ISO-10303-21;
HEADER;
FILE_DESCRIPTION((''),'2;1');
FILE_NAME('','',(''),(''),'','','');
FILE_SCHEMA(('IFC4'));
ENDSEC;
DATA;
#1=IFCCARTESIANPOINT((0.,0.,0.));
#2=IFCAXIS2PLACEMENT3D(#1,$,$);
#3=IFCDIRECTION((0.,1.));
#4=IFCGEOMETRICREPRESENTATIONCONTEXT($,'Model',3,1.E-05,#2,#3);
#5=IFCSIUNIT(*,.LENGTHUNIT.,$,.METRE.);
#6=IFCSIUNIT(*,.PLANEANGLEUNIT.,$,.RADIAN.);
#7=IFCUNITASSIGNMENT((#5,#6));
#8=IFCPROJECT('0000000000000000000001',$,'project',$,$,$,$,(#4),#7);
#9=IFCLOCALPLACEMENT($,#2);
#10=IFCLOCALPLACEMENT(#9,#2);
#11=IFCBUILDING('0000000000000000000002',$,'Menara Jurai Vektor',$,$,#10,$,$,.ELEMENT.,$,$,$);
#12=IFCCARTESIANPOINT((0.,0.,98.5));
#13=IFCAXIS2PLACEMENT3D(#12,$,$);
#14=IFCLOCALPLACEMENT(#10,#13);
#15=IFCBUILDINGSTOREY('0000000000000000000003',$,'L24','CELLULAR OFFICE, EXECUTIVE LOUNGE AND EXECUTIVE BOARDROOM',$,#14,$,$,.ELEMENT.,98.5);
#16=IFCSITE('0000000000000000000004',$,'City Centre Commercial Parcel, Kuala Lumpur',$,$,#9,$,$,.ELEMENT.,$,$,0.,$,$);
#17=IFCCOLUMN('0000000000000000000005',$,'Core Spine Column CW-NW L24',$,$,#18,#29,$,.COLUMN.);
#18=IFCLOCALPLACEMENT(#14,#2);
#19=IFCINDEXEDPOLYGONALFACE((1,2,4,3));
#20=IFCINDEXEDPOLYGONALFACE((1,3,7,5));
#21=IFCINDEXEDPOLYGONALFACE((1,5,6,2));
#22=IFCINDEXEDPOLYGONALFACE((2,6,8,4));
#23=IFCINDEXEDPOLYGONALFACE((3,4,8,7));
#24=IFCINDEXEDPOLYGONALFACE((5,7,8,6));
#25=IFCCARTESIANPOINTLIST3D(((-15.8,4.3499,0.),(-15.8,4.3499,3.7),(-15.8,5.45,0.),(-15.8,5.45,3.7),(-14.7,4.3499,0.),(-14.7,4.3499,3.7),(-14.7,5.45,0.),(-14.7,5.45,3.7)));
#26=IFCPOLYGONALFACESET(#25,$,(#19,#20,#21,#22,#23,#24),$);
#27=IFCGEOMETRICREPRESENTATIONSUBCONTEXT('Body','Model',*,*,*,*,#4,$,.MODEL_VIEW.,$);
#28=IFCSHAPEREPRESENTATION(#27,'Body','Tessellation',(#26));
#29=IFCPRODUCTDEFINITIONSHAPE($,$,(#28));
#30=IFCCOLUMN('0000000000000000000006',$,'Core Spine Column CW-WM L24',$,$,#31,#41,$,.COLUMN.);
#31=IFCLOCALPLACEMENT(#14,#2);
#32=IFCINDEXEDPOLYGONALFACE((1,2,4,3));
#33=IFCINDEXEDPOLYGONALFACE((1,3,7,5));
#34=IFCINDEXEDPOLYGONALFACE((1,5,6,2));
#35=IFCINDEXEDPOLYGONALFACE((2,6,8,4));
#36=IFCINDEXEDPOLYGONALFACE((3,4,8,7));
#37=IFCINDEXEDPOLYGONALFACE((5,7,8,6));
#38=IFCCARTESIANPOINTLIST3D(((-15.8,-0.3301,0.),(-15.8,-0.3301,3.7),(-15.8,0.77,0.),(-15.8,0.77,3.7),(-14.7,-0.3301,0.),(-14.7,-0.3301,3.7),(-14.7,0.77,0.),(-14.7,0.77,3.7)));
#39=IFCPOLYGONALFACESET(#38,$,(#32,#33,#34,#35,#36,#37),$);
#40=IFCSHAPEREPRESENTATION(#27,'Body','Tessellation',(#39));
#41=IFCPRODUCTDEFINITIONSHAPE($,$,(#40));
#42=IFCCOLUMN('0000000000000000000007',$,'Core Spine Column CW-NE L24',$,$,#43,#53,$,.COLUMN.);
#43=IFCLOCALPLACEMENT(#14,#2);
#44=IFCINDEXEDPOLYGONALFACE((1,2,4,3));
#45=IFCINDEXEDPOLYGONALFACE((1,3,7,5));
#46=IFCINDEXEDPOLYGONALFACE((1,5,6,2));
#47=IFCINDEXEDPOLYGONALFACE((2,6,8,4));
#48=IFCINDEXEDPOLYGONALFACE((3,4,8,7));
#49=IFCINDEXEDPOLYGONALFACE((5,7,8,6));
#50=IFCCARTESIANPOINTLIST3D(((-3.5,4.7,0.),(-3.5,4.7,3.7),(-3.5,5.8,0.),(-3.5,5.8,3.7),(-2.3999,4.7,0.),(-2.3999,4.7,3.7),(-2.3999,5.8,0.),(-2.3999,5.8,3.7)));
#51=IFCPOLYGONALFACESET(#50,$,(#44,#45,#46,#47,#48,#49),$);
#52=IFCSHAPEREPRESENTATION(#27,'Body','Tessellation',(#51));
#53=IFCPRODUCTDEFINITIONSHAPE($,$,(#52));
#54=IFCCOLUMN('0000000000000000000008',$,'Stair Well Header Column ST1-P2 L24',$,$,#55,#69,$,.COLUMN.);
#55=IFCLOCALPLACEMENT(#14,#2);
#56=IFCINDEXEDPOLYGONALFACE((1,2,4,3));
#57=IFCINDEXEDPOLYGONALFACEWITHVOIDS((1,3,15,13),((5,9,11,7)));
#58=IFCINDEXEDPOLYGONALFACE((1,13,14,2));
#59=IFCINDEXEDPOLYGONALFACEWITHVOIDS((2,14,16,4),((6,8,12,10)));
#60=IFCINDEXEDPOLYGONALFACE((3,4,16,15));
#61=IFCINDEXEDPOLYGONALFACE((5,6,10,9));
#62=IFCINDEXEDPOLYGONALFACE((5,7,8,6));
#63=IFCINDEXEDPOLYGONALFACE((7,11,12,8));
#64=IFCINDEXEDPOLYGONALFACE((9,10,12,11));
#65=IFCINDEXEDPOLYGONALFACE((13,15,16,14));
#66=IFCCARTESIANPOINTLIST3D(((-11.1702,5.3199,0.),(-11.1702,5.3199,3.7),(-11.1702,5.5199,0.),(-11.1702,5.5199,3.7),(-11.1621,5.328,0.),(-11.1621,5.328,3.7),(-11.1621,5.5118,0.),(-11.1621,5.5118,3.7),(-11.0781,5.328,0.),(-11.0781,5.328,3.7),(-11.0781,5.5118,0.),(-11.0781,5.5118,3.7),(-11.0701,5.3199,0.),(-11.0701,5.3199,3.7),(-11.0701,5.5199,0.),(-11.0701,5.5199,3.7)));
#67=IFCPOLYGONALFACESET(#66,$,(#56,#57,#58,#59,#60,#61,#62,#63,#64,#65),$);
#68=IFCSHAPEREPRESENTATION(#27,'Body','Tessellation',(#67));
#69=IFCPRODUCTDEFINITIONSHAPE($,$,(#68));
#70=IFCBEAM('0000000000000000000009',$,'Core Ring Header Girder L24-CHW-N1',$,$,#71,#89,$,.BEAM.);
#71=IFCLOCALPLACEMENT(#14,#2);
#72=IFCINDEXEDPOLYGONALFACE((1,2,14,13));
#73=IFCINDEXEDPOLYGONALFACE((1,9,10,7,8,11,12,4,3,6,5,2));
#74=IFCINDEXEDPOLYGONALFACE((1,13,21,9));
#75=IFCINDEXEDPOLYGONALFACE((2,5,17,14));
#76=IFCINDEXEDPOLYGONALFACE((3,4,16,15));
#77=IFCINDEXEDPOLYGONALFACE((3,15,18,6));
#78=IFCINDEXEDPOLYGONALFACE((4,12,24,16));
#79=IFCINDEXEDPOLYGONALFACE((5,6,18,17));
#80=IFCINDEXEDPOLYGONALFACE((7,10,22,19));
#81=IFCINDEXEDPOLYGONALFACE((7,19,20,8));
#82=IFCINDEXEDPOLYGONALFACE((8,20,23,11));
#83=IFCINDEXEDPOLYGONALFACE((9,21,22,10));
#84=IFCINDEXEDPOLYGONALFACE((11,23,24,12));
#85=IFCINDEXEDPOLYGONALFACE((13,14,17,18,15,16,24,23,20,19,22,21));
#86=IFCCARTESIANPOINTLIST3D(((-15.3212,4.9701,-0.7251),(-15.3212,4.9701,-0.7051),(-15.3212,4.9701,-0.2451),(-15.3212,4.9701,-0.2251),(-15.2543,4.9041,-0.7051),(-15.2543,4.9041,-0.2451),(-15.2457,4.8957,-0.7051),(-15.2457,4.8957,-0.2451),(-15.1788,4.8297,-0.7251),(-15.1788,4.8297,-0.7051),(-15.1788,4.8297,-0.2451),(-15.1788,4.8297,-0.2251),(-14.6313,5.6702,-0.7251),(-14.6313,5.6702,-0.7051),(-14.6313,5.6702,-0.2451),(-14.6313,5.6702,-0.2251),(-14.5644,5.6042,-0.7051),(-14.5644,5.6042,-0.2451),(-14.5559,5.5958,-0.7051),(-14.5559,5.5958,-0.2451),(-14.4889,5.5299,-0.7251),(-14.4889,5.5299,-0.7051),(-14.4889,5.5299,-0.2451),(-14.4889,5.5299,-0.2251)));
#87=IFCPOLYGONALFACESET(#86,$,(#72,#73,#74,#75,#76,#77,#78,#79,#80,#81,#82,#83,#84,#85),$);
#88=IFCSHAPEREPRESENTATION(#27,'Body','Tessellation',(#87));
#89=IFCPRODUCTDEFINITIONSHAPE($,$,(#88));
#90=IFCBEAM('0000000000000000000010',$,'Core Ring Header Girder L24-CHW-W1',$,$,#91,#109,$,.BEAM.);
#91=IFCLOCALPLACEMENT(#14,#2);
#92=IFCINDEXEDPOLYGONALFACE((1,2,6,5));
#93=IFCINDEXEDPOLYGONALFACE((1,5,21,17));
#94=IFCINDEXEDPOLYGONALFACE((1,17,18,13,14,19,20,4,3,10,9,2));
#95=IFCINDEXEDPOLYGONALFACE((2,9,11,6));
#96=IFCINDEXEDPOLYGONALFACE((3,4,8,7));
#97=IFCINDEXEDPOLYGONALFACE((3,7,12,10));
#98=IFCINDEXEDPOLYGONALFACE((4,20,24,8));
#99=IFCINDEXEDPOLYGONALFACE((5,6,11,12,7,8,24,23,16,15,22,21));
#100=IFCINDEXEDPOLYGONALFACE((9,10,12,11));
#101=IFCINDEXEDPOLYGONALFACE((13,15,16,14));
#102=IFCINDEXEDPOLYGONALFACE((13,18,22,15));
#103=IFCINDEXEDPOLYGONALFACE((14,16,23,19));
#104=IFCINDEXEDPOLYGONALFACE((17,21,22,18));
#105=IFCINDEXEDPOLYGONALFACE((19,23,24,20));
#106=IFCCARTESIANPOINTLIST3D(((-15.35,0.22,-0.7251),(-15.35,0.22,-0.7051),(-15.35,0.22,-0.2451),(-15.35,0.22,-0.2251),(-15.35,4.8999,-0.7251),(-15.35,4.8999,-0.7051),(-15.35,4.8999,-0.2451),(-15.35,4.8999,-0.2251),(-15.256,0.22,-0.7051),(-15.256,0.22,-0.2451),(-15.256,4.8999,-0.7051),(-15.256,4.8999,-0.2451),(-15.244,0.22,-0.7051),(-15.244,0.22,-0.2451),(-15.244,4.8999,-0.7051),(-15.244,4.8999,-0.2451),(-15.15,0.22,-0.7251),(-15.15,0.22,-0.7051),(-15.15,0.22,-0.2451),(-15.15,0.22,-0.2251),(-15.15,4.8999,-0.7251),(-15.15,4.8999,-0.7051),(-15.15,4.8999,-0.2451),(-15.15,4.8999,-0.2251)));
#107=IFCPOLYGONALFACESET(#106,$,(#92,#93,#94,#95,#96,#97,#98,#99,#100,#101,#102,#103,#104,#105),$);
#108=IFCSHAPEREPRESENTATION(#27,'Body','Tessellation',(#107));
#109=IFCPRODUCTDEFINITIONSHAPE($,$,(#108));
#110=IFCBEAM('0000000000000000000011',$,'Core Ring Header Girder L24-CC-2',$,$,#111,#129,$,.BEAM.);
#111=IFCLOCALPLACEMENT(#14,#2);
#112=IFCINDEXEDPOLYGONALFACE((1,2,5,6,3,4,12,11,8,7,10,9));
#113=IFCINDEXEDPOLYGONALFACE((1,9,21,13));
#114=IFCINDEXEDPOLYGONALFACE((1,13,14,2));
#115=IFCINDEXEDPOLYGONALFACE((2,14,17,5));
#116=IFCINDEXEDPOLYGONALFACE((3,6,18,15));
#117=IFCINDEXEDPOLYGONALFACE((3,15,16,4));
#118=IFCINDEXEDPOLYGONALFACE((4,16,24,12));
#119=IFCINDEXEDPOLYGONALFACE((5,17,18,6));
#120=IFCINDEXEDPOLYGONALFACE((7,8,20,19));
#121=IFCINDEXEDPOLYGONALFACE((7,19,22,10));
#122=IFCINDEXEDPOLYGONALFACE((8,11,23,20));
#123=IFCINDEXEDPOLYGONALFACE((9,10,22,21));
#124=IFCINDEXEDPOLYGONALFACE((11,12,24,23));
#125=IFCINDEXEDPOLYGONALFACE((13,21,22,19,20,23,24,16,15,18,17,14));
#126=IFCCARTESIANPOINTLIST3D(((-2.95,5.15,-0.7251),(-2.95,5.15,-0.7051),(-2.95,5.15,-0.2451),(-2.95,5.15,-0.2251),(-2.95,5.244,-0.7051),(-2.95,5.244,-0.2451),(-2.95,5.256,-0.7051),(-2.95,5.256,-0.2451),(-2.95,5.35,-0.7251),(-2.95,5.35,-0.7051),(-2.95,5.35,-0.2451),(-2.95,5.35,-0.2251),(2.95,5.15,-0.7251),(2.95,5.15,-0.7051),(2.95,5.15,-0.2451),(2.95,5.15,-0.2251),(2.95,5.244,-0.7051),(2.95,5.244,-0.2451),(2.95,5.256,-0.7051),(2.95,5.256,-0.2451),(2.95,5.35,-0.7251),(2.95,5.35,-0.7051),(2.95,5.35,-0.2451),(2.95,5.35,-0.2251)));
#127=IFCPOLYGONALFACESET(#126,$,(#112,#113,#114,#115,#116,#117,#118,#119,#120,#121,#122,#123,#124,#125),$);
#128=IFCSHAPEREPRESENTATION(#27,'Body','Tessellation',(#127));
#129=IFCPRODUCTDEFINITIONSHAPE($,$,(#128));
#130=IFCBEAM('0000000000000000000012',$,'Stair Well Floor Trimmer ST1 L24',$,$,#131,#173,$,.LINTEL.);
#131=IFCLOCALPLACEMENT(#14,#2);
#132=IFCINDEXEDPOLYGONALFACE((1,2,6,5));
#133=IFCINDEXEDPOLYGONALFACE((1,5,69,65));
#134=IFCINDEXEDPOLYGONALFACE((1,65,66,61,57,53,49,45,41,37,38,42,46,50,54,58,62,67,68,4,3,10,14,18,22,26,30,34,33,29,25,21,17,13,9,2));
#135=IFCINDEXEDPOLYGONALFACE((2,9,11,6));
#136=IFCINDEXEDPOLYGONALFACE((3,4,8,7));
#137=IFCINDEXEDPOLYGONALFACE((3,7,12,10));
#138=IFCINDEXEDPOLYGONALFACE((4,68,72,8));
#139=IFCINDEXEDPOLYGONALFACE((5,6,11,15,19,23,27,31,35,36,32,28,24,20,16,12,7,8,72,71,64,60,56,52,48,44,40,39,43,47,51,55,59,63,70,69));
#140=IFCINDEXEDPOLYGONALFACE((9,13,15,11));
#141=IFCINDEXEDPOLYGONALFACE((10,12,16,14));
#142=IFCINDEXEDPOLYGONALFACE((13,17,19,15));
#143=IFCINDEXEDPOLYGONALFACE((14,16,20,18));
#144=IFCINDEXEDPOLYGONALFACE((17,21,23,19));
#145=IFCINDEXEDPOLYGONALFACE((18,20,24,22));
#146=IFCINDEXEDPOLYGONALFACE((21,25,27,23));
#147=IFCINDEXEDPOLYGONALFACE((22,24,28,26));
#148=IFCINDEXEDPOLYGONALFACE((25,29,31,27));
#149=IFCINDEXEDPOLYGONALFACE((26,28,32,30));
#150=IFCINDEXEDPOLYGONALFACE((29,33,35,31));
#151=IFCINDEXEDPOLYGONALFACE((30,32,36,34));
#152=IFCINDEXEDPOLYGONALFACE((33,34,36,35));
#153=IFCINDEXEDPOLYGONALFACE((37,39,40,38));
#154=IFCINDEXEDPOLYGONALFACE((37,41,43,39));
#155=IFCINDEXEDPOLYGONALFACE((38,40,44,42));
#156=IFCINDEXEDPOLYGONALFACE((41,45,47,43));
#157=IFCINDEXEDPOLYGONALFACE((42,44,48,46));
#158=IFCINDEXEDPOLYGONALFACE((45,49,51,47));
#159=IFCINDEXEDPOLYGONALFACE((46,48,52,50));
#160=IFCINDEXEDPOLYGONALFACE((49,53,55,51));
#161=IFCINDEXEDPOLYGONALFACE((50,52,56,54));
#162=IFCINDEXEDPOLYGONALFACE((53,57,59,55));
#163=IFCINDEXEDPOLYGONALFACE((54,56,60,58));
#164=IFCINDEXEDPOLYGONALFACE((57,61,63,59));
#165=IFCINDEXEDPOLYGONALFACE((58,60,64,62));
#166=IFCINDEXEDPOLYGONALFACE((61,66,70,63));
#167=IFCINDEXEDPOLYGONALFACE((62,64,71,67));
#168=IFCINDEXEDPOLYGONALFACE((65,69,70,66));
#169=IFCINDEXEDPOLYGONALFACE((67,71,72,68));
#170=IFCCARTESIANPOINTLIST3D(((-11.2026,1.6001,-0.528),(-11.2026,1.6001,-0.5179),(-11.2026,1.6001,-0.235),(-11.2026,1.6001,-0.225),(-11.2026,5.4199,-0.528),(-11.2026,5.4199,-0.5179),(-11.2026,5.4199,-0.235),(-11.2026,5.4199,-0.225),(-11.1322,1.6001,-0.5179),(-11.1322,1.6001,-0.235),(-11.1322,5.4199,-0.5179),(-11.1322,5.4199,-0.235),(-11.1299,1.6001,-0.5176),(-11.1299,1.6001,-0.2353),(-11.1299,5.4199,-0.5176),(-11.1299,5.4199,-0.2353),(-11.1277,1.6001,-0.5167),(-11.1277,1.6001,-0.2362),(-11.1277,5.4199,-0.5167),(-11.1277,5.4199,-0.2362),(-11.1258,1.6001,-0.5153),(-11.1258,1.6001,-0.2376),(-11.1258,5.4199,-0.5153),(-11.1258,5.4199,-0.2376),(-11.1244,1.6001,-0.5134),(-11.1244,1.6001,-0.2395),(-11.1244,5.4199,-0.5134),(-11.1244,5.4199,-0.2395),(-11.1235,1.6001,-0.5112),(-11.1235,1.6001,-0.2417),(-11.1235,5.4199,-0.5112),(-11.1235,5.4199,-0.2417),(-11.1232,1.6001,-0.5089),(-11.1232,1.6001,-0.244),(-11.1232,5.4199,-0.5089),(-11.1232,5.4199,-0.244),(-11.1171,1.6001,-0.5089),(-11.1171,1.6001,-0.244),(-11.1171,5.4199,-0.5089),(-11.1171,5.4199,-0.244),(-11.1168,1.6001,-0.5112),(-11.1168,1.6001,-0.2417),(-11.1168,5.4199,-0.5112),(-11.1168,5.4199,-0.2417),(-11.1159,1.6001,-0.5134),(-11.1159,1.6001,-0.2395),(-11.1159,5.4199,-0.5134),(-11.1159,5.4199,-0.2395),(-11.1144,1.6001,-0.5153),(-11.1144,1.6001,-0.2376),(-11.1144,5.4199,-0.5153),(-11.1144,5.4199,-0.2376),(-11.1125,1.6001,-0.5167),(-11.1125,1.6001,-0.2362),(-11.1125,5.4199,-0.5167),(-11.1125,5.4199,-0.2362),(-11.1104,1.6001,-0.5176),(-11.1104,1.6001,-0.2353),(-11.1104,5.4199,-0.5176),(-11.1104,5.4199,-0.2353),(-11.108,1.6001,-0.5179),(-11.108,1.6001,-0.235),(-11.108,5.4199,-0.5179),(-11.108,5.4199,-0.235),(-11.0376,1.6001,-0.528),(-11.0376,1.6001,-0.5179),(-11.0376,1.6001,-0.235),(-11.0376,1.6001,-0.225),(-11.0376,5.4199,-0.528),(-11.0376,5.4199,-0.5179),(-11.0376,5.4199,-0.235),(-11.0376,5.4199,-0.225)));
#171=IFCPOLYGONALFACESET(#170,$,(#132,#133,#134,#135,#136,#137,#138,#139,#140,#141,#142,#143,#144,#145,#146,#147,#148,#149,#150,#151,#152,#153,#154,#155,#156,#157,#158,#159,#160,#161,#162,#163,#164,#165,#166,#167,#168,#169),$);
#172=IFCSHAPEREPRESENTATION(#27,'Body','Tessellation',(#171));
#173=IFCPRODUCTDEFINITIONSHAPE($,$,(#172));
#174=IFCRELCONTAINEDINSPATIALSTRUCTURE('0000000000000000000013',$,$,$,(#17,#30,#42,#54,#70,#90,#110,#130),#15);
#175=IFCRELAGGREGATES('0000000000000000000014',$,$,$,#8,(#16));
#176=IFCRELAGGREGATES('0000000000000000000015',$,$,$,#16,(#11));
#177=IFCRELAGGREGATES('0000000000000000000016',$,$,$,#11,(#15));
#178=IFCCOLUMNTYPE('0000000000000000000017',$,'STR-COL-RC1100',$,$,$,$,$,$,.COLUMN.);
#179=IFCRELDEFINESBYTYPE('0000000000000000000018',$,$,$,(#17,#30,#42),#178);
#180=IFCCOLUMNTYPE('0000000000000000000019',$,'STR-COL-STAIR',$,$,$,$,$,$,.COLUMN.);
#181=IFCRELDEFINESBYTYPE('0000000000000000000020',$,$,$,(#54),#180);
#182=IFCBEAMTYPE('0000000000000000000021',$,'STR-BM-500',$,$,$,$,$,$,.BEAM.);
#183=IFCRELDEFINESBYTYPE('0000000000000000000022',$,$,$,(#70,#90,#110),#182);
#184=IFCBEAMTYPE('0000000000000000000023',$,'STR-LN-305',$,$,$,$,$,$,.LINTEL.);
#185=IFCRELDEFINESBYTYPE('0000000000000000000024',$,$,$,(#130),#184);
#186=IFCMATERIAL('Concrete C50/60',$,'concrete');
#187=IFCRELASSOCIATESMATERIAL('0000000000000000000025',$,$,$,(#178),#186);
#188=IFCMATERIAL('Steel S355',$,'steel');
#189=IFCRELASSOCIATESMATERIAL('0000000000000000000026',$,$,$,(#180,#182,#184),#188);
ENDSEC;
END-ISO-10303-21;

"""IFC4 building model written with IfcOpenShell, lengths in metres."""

from ifc_helpers import new_model, si_unit, direction, frame, origin, origin_2d, place, context, subcontext, project, spatial, rectangle, hollow_rectangle, i_section, extrude, material, material_profile, profile_set, type_object, element, save


model = new_model("IFC4")

# Units and contexts
model_context = context("Model", 3, precision=1e-05, world=origin(), true_north=direction((0.0, 1.0)))
body_context = subcontext(model_context, "Body", "Model", "MODEL_VIEW")
ifc_project = project(units=[si_unit("LENGTHUNIT", "METRE"), si_unit("PLANEANGLEUNIT", "RADIAN")], contexts=[model_context])

# Site, building, storey
site_placement = place(None, origin())
site = spatial("IfcSite", under=ifc_project, at=site_placement, Name="City Centre Commercial Parcel, Kuala Lumpur", CompositionType="ELEMENT", RefElevation=0.0)
building_placement = place(site_placement, origin())
building = spatial("IfcBuilding", under=site, at=building_placement, Name="Menara Jurai Vektor", CompositionType="ELEMENT")
storey_placement = place(building_placement, frame((0.0, 0.0, 98.5)))
storey = spatial("IfcBuildingStorey", under=building, at=storey_placement, Name="L24", Description="CELLULAR OFFICE, EXECUTIVE LOUNGE AND EXECUTIVE BOARDROOM", CompositionType="ELEMENT", Elevation=98.5)

# Columns
ifc_material_1 = material(Name="Concrete C50/60", Category="concrete")
ifc_material_profile_1 = material_profile(ifc_material_1, rectangle(XDim=1.1001, YDim=1.1001, at=origin_2d()), Name="RC 1100x1100")
ifc_profile_set_1 = profile_set([ifc_material_profile_1], Name="Concrete C50/60")
column_type_1 = type_object("IfcColumnType", Name="STR-COL-RC1100", PredefinedType="COLUMN", material=ifc_profile_set_1)
for number, where, z_axis, x_axis, name in (
    (1, (-15.25, 4.8999, 0.0), (0.0, 0.0, 1.0), (1.0, 0.0, 0.0), "Core Spine Column CW-NW L24"),
    (2, (-15.25, 0.22, 0.0), (0.0, 0.0, 1.0), (1.0, 0.0, 0.0), "Core Spine Column CW-WM L24"),
    (3, (-2.95, 5.25, 0.0), (0.0, 0.0, 1.0), (1.0, 0.0, 0.0), "Core Spine Column CW-NE L24"),
):
    element("IfcColumn", number, at=place(storey_placement, frame(where, z_axis=z_axis, x_axis=x_axis)), inside=storey, type_object=column_type_1, Name=name, PredefinedType="COLUMN", context=body_context, shape_type="SweptSolid", body=[
        extrude(rectangle(XDim=1.1001, YDim=1.1001, at=origin_2d()), origin(), (0.0, 0.0, 1.0), 3.7),
    ])
ifc_material_2 = material(Name="Steel S355", Category="steel")
ifc_material_profile_2 = material_profile(ifc_material_2, hollow_rectangle(XDim=0.1001, YDim=0.2, WallThickness=0.0081, at=origin_2d()), Name="RHS 200x100x8")
ifc_profile_set_2 = profile_set([ifc_material_profile_2], Name="Steel S355")
column_type_2 = type_object("IfcColumnType", Name="STR-COL-STAIR", PredefinedType="COLUMN", material=ifc_profile_set_2)
column_placement = place(storey_placement, frame((-11.1201, 5.4199, 0.0), z_axis=(0.0, 0.0, 1.0), x_axis=(1.0, 0.0, 0.0)))
element("IfcColumn", 4, at=column_placement, inside=storey, type_object=column_type_2, Name="Stair Well Header Column ST1-P2 L24", PredefinedType="COLUMN", context=body_context, shape_type="SweptSolid", body=[
    extrude(hollow_rectangle(XDim=0.1001, YDim=0.2, WallThickness=0.0081, at=origin_2d()), origin(), (0.0, 0.0, 1.0), 3.7),
])

# Beams
ifc_material_profile_3 = material_profile(ifc_material_2, i_section(OverallWidth=0.2, OverallDepth=0.5, WebThickness=0.012, FlangeThickness=0.02, at=origin_2d()), Name="PG 500x200x96")
ifc_profile_set_3 = profile_set([ifc_material_profile_3], Name="Steel S355")
beam_type_1 = type_object("IfcBeamType", Name="STR-BM-500", PredefinedType="BEAM", material=ifc_profile_set_3)
beam_1_placement = place(storey_placement, frame((-15.25, 4.8999, -0.4751), z_axis=(0.701872, 0.712303, 0.0), x_axis=(-0.712303, 0.701872, 0.0)))
element("IfcBeam", 5, at=beam_1_placement, inside=storey, type_object=beam_type_1, Name="Core Ring Header Girder L24-CHW-N1", PredefinedType="BEAM", context=body_context, shape_type="SweptSolid", body=[
    extrude(i_section(OverallWidth=0.2, OverallDepth=0.5, WebThickness=0.012, FlangeThickness=0.02, at=origin_2d()), origin(), (0.0, 0.0, 1.0), 0.9829),
])
beam_2_placement = place(storey_placement, frame((-15.25, 0.22, -0.4751), z_axis=(0.0, 1.0, 0.0), x_axis=(-1.0, 0.0, 0.0)))
element("IfcBeam", 6, at=beam_2_placement, inside=storey, type_object=beam_type_1, Name="Core Ring Header Girder L24-CHW-W1", PredefinedType="BEAM", context=body_context, shape_type="SweptSolid", body=[
    extrude(i_section(OverallWidth=0.2, OverallDepth=0.5, WebThickness=0.012, FlangeThickness=0.02, at=origin_2d()), origin(), (0.0, 0.0, 1.0), 4.6799),
])
beam_3_placement = place(storey_placement, frame((-2.95, 5.25, -0.4751), z_axis=(1.0, 0.0, 0.0), x_axis=(0.0, 1.0, 0.0)))
element("IfcBeam", 7, at=beam_3_placement, inside=storey, type_object=beam_type_1, Name="Core Ring Header Girder L24-CC-2", PredefinedType="BEAM", context=body_context, shape_type="SweptSolid", body=[
    extrude(i_section(OverallWidth=0.2, OverallDepth=0.5, WebThickness=0.012, FlangeThickness=0.02, at=origin_2d()), origin(), (0.0, 0.0, 1.0), 5.8999),
])
ifc_material_profile_4 = material_profile(ifc_material_2, i_section(OverallWidth=0.165, OverallDepth=0.303, WebThickness=0.0061, FlangeThickness=0.01, FilletRadius=0.009, at=origin_2d()), Name="UKB 305x165x40")
ifc_profile_set_4 = profile_set([ifc_material_profile_4], Name="Steel S355")
beam_type_2 = type_object("IfcBeamType", Name="STR-LN-305", PredefinedType="LINTEL", material=ifc_profile_set_4)
beam_4_placement = place(storey_placement, frame((-11.1201, 1.6001, -0.3765), z_axis=(0.0, 1.0, 0.0), x_axis=(-1.0, 0.0, 0.0)))
element("IfcBeam", 8, at=beam_4_placement, inside=storey, type_object=beam_type_2, Name="Stair Well Floor Trimmer ST1 L24", PredefinedType="LINTEL", context=body_context, shape_type="SweptSolid", body=[
    extrude(i_section(OverallWidth=0.165, OverallDepth=0.303, WebThickness=0.0061, FlangeThickness=0.01, FilletRadius=0.009, at=origin_2d()), origin(), (0.0, 0.0, 1.0), 3.8198),
])

save(model, "model.ifc")
